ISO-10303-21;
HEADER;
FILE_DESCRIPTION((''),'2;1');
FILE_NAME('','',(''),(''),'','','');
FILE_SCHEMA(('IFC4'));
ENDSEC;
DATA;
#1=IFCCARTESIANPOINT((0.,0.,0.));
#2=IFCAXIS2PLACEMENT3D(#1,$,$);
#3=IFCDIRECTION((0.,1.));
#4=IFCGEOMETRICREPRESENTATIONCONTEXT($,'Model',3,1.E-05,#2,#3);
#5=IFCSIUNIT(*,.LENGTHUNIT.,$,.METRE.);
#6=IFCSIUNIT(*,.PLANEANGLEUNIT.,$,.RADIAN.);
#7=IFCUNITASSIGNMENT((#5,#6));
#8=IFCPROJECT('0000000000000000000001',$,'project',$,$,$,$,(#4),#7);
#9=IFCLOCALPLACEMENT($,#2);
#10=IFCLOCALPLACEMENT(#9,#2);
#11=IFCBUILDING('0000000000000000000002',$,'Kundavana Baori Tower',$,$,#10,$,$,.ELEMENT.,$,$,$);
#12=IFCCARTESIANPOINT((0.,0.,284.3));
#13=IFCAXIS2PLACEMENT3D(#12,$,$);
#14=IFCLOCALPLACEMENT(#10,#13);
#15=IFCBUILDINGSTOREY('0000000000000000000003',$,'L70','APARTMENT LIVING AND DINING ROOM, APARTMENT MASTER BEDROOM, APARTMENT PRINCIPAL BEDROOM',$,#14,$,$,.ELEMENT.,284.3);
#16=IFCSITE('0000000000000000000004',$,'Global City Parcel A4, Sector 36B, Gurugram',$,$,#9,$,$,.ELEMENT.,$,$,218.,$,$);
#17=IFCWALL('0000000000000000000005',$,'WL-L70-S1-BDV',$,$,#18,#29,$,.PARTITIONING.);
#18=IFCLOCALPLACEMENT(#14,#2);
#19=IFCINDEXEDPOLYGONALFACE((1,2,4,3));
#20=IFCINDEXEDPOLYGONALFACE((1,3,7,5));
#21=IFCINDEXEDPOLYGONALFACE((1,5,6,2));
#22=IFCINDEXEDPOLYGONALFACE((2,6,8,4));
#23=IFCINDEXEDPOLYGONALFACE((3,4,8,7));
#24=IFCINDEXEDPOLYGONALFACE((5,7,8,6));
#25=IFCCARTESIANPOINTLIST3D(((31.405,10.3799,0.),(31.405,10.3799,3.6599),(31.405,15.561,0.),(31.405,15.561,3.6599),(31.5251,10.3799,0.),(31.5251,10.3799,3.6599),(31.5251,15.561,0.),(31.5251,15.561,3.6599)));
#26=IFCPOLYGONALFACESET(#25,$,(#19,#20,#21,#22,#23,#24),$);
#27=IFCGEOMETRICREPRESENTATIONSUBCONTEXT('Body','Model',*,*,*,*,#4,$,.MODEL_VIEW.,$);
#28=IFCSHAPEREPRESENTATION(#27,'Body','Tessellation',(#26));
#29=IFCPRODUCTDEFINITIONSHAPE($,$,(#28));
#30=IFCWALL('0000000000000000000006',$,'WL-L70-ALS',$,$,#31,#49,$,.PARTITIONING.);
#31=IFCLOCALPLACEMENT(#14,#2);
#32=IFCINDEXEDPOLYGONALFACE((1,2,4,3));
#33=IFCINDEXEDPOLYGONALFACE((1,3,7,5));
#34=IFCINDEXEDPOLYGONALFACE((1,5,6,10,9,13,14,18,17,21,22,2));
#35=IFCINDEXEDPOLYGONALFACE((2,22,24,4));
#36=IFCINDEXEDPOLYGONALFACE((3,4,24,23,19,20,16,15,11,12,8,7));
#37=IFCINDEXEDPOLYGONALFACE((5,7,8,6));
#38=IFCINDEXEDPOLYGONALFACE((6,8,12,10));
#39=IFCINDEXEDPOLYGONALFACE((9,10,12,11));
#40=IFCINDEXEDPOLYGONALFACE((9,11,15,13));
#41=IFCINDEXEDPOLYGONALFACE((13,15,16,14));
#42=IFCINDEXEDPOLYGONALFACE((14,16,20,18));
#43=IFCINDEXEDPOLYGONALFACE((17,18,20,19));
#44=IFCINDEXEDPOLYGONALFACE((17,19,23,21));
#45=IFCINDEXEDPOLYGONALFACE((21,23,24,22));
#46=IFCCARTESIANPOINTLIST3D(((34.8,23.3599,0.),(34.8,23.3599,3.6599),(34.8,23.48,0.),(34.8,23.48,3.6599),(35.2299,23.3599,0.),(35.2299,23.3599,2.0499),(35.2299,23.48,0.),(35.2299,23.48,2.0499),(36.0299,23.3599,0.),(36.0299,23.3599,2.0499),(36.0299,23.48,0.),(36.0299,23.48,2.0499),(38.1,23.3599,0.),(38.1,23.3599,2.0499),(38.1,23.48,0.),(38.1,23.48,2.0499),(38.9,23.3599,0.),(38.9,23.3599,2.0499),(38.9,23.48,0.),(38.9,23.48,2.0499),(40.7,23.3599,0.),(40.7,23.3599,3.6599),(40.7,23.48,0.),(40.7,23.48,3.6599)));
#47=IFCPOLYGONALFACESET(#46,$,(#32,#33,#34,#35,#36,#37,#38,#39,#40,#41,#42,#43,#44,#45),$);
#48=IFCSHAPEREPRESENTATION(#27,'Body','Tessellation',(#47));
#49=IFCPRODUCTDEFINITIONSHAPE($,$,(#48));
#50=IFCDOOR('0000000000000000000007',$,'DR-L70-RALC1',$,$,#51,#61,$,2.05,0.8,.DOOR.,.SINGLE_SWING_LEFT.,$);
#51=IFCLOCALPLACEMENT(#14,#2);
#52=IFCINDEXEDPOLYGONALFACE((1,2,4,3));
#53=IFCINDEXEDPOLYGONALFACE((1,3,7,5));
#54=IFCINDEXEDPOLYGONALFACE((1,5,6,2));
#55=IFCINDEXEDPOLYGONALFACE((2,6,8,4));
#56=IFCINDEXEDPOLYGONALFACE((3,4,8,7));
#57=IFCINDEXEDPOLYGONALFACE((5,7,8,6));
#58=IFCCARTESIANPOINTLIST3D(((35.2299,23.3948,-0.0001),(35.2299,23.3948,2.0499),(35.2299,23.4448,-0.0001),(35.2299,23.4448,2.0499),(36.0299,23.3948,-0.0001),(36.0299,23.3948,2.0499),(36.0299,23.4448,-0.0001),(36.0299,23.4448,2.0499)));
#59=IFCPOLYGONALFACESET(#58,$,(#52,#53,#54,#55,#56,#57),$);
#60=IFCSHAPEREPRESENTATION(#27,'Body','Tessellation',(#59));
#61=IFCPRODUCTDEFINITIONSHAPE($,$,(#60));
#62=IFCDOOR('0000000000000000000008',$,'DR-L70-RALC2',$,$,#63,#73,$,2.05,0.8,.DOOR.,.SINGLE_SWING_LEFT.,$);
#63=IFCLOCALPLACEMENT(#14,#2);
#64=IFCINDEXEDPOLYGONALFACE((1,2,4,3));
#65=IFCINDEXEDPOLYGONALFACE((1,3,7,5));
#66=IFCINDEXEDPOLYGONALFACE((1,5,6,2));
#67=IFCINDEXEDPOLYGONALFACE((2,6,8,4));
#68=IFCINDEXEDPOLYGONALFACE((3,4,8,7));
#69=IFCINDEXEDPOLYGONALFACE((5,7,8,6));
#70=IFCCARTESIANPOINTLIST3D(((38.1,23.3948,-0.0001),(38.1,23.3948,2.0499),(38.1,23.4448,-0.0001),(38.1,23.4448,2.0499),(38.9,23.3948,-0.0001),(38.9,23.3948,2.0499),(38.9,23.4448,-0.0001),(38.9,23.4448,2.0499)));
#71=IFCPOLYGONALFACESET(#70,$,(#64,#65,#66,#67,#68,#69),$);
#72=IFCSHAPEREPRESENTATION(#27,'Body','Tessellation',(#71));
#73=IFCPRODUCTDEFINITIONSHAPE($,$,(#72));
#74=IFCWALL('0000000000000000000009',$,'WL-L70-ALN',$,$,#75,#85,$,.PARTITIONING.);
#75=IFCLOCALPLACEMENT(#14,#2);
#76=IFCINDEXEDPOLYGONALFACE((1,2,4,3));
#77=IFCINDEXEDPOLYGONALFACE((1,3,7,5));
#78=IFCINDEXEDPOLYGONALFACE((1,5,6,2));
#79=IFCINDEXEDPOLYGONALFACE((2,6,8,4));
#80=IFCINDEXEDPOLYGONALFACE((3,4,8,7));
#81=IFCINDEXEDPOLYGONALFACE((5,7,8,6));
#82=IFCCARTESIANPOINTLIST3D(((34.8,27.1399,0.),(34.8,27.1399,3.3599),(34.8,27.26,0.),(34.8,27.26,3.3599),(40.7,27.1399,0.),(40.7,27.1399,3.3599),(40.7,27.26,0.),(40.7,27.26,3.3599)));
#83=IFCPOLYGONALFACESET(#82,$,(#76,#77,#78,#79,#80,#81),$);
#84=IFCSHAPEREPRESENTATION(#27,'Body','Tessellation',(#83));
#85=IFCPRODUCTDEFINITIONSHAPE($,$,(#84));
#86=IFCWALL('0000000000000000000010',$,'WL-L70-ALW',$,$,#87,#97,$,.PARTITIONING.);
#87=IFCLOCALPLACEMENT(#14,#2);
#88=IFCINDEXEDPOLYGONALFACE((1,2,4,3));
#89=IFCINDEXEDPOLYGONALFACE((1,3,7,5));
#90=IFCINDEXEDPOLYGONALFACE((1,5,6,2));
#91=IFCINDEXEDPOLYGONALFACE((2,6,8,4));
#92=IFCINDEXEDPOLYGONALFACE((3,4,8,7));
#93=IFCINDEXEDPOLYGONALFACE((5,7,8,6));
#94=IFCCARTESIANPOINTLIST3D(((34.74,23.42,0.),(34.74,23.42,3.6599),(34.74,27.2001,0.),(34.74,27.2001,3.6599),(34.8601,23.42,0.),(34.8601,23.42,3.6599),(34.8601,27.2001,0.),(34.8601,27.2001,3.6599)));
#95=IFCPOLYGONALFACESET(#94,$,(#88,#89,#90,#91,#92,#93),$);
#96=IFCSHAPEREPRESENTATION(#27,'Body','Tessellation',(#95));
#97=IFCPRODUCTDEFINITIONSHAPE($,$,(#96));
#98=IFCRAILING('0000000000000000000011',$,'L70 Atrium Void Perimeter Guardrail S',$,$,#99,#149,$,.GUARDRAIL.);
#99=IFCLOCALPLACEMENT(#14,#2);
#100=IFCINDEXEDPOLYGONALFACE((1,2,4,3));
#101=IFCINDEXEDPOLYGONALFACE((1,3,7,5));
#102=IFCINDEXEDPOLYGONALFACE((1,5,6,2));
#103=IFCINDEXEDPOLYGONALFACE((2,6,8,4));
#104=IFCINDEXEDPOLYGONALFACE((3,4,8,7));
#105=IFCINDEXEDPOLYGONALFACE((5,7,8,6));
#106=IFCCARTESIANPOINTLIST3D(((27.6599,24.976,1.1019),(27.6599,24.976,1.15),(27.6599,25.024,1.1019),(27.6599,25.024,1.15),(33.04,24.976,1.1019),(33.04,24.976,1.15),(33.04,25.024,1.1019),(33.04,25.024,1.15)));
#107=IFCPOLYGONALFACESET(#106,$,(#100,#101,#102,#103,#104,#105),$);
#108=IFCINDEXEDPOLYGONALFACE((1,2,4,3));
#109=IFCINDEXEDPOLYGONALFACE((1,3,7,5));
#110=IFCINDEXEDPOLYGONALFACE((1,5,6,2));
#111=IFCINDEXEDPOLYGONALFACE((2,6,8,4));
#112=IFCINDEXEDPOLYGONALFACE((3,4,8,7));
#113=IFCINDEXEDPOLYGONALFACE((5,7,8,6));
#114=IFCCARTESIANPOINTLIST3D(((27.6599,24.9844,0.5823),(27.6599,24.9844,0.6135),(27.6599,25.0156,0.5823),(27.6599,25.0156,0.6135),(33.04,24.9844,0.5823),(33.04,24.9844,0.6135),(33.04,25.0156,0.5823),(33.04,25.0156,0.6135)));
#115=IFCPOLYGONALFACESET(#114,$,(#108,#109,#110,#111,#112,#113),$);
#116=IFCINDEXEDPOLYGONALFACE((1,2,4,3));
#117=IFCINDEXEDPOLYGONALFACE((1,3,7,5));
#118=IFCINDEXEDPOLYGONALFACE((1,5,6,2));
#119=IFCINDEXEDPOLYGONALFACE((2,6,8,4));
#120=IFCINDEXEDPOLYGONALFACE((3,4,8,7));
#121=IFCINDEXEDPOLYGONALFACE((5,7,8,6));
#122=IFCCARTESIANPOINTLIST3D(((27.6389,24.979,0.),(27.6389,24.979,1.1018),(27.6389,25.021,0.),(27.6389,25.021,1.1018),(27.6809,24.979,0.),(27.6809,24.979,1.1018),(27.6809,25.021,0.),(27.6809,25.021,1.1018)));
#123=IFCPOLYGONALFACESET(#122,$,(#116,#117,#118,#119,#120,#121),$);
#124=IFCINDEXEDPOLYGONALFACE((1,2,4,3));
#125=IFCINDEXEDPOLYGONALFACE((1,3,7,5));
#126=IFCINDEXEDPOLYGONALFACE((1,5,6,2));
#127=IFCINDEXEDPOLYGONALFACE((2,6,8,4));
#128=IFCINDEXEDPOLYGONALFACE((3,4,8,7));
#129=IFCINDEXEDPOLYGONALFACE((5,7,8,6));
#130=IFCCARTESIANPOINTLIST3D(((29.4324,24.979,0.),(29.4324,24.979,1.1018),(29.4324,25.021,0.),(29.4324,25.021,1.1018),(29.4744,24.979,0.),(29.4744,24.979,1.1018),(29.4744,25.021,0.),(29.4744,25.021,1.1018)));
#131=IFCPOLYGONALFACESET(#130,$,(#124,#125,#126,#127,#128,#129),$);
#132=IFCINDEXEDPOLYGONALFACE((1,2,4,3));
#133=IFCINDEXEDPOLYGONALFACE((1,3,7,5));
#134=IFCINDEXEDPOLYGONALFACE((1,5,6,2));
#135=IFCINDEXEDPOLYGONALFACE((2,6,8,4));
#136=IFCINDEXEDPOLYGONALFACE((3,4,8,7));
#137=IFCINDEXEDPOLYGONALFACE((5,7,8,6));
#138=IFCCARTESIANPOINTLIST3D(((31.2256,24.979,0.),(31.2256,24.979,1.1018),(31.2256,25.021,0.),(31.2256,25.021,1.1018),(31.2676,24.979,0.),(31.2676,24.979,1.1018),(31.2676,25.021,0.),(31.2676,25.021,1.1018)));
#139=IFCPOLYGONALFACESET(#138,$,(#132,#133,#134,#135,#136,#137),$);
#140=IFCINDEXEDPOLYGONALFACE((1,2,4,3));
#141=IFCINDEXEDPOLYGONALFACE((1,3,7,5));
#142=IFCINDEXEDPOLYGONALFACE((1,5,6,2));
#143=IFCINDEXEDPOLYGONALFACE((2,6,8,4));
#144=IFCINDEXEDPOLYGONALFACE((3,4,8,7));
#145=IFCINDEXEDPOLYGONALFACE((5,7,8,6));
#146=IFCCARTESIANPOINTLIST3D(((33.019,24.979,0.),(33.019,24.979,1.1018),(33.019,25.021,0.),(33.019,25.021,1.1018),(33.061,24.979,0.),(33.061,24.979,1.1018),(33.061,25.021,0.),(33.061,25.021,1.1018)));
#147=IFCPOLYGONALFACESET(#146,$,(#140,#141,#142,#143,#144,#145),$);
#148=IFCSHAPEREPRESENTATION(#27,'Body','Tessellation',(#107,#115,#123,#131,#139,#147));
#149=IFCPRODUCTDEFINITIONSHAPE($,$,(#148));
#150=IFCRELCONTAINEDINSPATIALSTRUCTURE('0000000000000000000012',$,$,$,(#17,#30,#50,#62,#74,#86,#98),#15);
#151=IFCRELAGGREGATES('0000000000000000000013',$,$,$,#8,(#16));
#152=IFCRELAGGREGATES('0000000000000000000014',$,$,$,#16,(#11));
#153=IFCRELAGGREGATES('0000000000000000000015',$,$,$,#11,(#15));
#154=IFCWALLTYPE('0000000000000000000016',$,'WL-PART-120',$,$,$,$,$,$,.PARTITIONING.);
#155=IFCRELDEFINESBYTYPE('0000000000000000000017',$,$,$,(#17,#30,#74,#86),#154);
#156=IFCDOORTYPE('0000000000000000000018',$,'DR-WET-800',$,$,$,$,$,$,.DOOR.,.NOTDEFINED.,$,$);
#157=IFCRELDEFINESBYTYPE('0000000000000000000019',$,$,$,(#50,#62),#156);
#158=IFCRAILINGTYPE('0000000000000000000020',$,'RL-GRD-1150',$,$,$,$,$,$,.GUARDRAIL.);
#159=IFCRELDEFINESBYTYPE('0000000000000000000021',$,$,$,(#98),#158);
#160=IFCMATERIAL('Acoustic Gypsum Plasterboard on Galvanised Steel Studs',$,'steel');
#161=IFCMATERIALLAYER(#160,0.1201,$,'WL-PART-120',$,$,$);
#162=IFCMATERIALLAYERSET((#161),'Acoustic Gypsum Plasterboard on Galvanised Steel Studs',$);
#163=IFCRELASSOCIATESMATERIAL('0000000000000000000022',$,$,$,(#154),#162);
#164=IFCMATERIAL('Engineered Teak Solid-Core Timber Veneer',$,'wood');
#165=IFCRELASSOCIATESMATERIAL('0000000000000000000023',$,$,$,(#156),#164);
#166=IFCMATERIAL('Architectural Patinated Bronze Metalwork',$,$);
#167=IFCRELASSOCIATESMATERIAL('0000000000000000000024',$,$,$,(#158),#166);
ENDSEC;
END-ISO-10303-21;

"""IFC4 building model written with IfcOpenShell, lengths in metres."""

from ifc_helpers import new_model, si_unit, direction, frame, frame_2d, origin, origin_2d, place, context, subcontext, project, spatial, rectangle, extrude, material, layer, layer_set, type_object, element, fill, save


model = new_model("IFC4")

# Units and contexts
model_context = context("Model", 3, precision=1e-05, world=origin(), true_north=direction((0.0, 1.0)))
body_context = subcontext(model_context, "Body", "Model", "MODEL_VIEW")
ifc_project = project(units=[si_unit("LENGTHUNIT", "METRE"), si_unit("PLANEANGLEUNIT", "RADIAN")], contexts=[model_context])

# Site, building, storey
site_placement = place(None, origin())
site = spatial("IfcSite", under=ifc_project, at=site_placement, Name="Global City Parcel A4, Sector 36B, Gurugram", CompositionType="ELEMENT", RefElevation=218.0)
building_placement = place(site_placement, origin())
building = spatial("IfcBuilding", under=site, at=building_placement, Name="Kundavana Baori Tower", CompositionType="ELEMENT")
storey_placement = place(building_placement, frame((0.0, 0.0, 284.3)))
storey = spatial("IfcBuildingStorey", under=building, at=storey_placement, Name="L70", Description="APARTMENT LIVING AND DINING ROOM, APARTMENT MASTER BEDROOM, APARTMENT PRINCIPAL BEDROOM", CompositionType="ELEMENT", Elevation=284.3)

# Shared definitions
ifc_material_1 = material(Name="Acoustic Gypsum Plasterboard on Galvanised Steel Studs", Category="steel")
ifc_layer = layer(ifc_material_1, 0.1201, Name="WL-PART-120")
ifc_layer_set = layer_set([ifc_layer], Name="Acoustic Gypsum Plasterboard on Galvanised Steel Studs")
wall_type = type_object("IfcWallType", Name="WL-PART-120", PredefinedType="PARTITIONING", material=ifc_layer_set)

# Wall
wall_1_placement = place(storey_placement, frame((31.4651, 10.3799, 0.0), z_axis=(0.0, 0.0, 1.0), x_axis=(0.0, 1.0, 0.0)))
element("IfcWall", 1, at=wall_1_placement, inside=storey, type_object=wall_type, Name="WL-L70-S1-BDV", PredefinedType="PARTITIONING", context=body_context, shape_type="SweptSolid", body=[
    extrude(rectangle(XDim=5.1812, YDim=0.1201, at=frame_2d((2.5906, 0.0))), origin(), (0.0, 0.0, 1.0), 3.6599),
])

# Wall, openings, doors
wall_2_placement = place(storey_placement, frame((34.8, 23.4199, 0.0), z_axis=(0.0, 0.0, 1.0), x_axis=(1.0, 0.0, 0.0)))
wall_2 = element("IfcWall", 2, at=wall_2_placement, inside=storey, type_object=wall_type, Name="WL-L70-ALS", PredefinedType="PARTITIONING", context=body_context, shape_type="SweptSolid", body=[
    extrude(rectangle(XDim=5.8999, YDim=0.1201, at=frame_2d((2.95, 0.0))), origin(), (0.0, 0.0, 1.0), 3.6599),
])
opening_1_placement = place(wall_2_placement, frame((0.4299, 0.0, 0.0)))
opening_1 = element("IfcOpeningElement", 3, at=opening_1_placement, cuts=wall_2, PredefinedType="OPENING", context=body_context, shape_type="SweptSolid", body=[
    extrude(rectangle(XDim=0.8, YDim=2.05, at=frame_2d((0.3999, 1.0249))), frame((0.0, 0.0701, 0.0), z_axis=(0.0, -1.0, 0.0), x_axis=(1.0, 0.0, 0.0)), (0.0, 0.0, 1.0), 0.1401),
])
opening_2_placement = place(wall_2_placement, frame((3.3, 0.0, 0.0)))
opening_2 = element("IfcOpeningElement", 4, at=opening_2_placement, cuts=wall_2, PredefinedType="OPENING", context=body_context, shape_type="SweptSolid", body=[
    extrude(rectangle(XDim=0.8, YDim=2.05, at=frame_2d((0.3999, 1.0249))), frame((0.0, 0.0701, 0.0), z_axis=(0.0, -1.0, 0.0), x_axis=(1.0, 0.0, 0.0)), (0.0, 0.0, 1.0), 0.1401),
])
ifc_material_2 = material(Name="Engineered Teak Solid-Core Timber Veneer", Category="wood")
door_type_1 = type_object("IfcDoorType", Name="DR-WET-800", OperationType="NOTDEFINED", PredefinedType="DOOR", material=ifc_material_2)
door_1_placement = place(opening_1_placement, origin())
door_1 = element("IfcDoor", 5, at=door_1_placement, inside=storey, type_object=door_type_1, Name="DR-L70-RALC1", OperationType="SINGLE_SWING_LEFT", OverallHeight=2.05, OverallWidth=0.8, PredefinedType="DOOR", context=body_context, shape_type="SweptSolid", body=[
    extrude(rectangle(XDim=0.8, YDim=2.05, at=frame_2d((0.3999, 1.0249))), frame((0.0, 0.0249, 0.0), z_axis=(0.0, -1.0, 0.0), x_axis=(1.0, 0.0, 0.0)), (0.0, 0.0, 1.0), 0.05),
])
fill(opening_1, door_1)
door_2_placement = place(opening_2_placement, origin())
door_2 = element("IfcDoor", 6, at=door_2_placement, inside=storey, type_object=door_type_1, Name="DR-L70-RALC2", OperationType="SINGLE_SWING_LEFT", OverallHeight=2.05, OverallWidth=0.8, PredefinedType="DOOR", context=body_context, shape_type="SweptSolid", body=[
    extrude(rectangle(XDim=0.8, YDim=2.05, at=frame_2d((0.3999, 1.0249))), frame((0.0, 0.0249, 0.0), z_axis=(0.0, -1.0, 0.0), x_axis=(1.0, 0.0, 0.0)), (0.0, 0.0, 1.0), 0.05),
])
fill(opening_2, door_2)

# Walls
wall_3_placement = place(storey_placement, frame((34.8, 27.2, 0.0), z_axis=(0.0, 0.0, 1.0), x_axis=(1.0, 0.0, 0.0)))
element("IfcWall", 7, at=wall_3_placement, inside=storey, type_object=wall_type, Name="WL-L70-ALN", PredefinedType="PARTITIONING", context=body_context, shape_type="SweptSolid", body=[
    extrude(rectangle(XDim=5.8999, YDim=0.1201, at=frame_2d((2.95, 0.0))), origin(), (0.0, 0.0, 1.0), 3.3599),
])
wall_4_placement = place(storey_placement, frame((34.8, 23.4199, 0.0), z_axis=(0.0, 0.0, 1.0), x_axis=(0.0, 1.0, 0.0)))
element("IfcWall", 8, at=wall_4_placement, inside=storey, type_object=wall_type, Name="WL-L70-ALW", PredefinedType="PARTITIONING", context=body_context, shape_type="SweptSolid", body=[
    extrude(rectangle(XDim=3.78, YDim=0.1201, at=frame_2d((1.8901, 0.0))), origin(), (0.0, 0.0, 1.0), 3.6599),
])

# Railing
ifc_material_3 = material(Name="Architectural Patinated Bronze Metalwork")
railing_type = type_object("IfcRailingType", Name="RL-GRD-1150", PredefinedType="GUARDRAIL", material=ifc_material_3)
railing_1_placement = place(storey_placement, frame((27.6599, 25.0, 0.0)))
element("IfcRailing", 9, at=railing_1_placement, inside=storey, type_object=railing_type, Name="L70 Atrium Void Perimeter Guardrail S", PredefinedType="GUARDRAIL", context=body_context, shape_type="SweptSolid", body=[
    extrude(rectangle(XDim=0.0481, YDim=0.0481, at=origin_2d()), frame((0.0, 0.0, 1.126), z_axis=(1.0, 0.0, 0.0), x_axis=(0.0, 1.0, 0.0)), (0.0, 0.0, 1.0), 5.3801),
    extrude(rectangle(XDim=0.0312, YDim=0.0312, at=origin_2d()), frame((0.0, 0.0, 0.5979), z_axis=(1.0, 0.0, 0.0), x_axis=(0.0, 1.0, 0.0)), (0.0, 0.0, 1.0), 5.3801),
    extrude(rectangle(XDim=0.042, YDim=0.042, at=origin_2d()), origin(), (0.0, 0.0, 1.0), 1.1018),
    extrude(rectangle(XDim=0.042, YDim=0.042, at=origin_2d()), frame((1.7935, 0.0, 0.0)), (0.0, 0.0, 1.0), 1.1018),
    extrude(rectangle(XDim=0.042, YDim=0.042, at=origin_2d()), frame((3.5867, 0.0, 0.0)), (0.0, 0.0, 1.0), 1.1018),
    extrude(rectangle(XDim=0.042, YDim=0.042, at=origin_2d()), frame((5.3801, 0.0, 0.0)), (0.0, 0.0, 1.0), 1.1018),
])

save(model, "model.ifc")
